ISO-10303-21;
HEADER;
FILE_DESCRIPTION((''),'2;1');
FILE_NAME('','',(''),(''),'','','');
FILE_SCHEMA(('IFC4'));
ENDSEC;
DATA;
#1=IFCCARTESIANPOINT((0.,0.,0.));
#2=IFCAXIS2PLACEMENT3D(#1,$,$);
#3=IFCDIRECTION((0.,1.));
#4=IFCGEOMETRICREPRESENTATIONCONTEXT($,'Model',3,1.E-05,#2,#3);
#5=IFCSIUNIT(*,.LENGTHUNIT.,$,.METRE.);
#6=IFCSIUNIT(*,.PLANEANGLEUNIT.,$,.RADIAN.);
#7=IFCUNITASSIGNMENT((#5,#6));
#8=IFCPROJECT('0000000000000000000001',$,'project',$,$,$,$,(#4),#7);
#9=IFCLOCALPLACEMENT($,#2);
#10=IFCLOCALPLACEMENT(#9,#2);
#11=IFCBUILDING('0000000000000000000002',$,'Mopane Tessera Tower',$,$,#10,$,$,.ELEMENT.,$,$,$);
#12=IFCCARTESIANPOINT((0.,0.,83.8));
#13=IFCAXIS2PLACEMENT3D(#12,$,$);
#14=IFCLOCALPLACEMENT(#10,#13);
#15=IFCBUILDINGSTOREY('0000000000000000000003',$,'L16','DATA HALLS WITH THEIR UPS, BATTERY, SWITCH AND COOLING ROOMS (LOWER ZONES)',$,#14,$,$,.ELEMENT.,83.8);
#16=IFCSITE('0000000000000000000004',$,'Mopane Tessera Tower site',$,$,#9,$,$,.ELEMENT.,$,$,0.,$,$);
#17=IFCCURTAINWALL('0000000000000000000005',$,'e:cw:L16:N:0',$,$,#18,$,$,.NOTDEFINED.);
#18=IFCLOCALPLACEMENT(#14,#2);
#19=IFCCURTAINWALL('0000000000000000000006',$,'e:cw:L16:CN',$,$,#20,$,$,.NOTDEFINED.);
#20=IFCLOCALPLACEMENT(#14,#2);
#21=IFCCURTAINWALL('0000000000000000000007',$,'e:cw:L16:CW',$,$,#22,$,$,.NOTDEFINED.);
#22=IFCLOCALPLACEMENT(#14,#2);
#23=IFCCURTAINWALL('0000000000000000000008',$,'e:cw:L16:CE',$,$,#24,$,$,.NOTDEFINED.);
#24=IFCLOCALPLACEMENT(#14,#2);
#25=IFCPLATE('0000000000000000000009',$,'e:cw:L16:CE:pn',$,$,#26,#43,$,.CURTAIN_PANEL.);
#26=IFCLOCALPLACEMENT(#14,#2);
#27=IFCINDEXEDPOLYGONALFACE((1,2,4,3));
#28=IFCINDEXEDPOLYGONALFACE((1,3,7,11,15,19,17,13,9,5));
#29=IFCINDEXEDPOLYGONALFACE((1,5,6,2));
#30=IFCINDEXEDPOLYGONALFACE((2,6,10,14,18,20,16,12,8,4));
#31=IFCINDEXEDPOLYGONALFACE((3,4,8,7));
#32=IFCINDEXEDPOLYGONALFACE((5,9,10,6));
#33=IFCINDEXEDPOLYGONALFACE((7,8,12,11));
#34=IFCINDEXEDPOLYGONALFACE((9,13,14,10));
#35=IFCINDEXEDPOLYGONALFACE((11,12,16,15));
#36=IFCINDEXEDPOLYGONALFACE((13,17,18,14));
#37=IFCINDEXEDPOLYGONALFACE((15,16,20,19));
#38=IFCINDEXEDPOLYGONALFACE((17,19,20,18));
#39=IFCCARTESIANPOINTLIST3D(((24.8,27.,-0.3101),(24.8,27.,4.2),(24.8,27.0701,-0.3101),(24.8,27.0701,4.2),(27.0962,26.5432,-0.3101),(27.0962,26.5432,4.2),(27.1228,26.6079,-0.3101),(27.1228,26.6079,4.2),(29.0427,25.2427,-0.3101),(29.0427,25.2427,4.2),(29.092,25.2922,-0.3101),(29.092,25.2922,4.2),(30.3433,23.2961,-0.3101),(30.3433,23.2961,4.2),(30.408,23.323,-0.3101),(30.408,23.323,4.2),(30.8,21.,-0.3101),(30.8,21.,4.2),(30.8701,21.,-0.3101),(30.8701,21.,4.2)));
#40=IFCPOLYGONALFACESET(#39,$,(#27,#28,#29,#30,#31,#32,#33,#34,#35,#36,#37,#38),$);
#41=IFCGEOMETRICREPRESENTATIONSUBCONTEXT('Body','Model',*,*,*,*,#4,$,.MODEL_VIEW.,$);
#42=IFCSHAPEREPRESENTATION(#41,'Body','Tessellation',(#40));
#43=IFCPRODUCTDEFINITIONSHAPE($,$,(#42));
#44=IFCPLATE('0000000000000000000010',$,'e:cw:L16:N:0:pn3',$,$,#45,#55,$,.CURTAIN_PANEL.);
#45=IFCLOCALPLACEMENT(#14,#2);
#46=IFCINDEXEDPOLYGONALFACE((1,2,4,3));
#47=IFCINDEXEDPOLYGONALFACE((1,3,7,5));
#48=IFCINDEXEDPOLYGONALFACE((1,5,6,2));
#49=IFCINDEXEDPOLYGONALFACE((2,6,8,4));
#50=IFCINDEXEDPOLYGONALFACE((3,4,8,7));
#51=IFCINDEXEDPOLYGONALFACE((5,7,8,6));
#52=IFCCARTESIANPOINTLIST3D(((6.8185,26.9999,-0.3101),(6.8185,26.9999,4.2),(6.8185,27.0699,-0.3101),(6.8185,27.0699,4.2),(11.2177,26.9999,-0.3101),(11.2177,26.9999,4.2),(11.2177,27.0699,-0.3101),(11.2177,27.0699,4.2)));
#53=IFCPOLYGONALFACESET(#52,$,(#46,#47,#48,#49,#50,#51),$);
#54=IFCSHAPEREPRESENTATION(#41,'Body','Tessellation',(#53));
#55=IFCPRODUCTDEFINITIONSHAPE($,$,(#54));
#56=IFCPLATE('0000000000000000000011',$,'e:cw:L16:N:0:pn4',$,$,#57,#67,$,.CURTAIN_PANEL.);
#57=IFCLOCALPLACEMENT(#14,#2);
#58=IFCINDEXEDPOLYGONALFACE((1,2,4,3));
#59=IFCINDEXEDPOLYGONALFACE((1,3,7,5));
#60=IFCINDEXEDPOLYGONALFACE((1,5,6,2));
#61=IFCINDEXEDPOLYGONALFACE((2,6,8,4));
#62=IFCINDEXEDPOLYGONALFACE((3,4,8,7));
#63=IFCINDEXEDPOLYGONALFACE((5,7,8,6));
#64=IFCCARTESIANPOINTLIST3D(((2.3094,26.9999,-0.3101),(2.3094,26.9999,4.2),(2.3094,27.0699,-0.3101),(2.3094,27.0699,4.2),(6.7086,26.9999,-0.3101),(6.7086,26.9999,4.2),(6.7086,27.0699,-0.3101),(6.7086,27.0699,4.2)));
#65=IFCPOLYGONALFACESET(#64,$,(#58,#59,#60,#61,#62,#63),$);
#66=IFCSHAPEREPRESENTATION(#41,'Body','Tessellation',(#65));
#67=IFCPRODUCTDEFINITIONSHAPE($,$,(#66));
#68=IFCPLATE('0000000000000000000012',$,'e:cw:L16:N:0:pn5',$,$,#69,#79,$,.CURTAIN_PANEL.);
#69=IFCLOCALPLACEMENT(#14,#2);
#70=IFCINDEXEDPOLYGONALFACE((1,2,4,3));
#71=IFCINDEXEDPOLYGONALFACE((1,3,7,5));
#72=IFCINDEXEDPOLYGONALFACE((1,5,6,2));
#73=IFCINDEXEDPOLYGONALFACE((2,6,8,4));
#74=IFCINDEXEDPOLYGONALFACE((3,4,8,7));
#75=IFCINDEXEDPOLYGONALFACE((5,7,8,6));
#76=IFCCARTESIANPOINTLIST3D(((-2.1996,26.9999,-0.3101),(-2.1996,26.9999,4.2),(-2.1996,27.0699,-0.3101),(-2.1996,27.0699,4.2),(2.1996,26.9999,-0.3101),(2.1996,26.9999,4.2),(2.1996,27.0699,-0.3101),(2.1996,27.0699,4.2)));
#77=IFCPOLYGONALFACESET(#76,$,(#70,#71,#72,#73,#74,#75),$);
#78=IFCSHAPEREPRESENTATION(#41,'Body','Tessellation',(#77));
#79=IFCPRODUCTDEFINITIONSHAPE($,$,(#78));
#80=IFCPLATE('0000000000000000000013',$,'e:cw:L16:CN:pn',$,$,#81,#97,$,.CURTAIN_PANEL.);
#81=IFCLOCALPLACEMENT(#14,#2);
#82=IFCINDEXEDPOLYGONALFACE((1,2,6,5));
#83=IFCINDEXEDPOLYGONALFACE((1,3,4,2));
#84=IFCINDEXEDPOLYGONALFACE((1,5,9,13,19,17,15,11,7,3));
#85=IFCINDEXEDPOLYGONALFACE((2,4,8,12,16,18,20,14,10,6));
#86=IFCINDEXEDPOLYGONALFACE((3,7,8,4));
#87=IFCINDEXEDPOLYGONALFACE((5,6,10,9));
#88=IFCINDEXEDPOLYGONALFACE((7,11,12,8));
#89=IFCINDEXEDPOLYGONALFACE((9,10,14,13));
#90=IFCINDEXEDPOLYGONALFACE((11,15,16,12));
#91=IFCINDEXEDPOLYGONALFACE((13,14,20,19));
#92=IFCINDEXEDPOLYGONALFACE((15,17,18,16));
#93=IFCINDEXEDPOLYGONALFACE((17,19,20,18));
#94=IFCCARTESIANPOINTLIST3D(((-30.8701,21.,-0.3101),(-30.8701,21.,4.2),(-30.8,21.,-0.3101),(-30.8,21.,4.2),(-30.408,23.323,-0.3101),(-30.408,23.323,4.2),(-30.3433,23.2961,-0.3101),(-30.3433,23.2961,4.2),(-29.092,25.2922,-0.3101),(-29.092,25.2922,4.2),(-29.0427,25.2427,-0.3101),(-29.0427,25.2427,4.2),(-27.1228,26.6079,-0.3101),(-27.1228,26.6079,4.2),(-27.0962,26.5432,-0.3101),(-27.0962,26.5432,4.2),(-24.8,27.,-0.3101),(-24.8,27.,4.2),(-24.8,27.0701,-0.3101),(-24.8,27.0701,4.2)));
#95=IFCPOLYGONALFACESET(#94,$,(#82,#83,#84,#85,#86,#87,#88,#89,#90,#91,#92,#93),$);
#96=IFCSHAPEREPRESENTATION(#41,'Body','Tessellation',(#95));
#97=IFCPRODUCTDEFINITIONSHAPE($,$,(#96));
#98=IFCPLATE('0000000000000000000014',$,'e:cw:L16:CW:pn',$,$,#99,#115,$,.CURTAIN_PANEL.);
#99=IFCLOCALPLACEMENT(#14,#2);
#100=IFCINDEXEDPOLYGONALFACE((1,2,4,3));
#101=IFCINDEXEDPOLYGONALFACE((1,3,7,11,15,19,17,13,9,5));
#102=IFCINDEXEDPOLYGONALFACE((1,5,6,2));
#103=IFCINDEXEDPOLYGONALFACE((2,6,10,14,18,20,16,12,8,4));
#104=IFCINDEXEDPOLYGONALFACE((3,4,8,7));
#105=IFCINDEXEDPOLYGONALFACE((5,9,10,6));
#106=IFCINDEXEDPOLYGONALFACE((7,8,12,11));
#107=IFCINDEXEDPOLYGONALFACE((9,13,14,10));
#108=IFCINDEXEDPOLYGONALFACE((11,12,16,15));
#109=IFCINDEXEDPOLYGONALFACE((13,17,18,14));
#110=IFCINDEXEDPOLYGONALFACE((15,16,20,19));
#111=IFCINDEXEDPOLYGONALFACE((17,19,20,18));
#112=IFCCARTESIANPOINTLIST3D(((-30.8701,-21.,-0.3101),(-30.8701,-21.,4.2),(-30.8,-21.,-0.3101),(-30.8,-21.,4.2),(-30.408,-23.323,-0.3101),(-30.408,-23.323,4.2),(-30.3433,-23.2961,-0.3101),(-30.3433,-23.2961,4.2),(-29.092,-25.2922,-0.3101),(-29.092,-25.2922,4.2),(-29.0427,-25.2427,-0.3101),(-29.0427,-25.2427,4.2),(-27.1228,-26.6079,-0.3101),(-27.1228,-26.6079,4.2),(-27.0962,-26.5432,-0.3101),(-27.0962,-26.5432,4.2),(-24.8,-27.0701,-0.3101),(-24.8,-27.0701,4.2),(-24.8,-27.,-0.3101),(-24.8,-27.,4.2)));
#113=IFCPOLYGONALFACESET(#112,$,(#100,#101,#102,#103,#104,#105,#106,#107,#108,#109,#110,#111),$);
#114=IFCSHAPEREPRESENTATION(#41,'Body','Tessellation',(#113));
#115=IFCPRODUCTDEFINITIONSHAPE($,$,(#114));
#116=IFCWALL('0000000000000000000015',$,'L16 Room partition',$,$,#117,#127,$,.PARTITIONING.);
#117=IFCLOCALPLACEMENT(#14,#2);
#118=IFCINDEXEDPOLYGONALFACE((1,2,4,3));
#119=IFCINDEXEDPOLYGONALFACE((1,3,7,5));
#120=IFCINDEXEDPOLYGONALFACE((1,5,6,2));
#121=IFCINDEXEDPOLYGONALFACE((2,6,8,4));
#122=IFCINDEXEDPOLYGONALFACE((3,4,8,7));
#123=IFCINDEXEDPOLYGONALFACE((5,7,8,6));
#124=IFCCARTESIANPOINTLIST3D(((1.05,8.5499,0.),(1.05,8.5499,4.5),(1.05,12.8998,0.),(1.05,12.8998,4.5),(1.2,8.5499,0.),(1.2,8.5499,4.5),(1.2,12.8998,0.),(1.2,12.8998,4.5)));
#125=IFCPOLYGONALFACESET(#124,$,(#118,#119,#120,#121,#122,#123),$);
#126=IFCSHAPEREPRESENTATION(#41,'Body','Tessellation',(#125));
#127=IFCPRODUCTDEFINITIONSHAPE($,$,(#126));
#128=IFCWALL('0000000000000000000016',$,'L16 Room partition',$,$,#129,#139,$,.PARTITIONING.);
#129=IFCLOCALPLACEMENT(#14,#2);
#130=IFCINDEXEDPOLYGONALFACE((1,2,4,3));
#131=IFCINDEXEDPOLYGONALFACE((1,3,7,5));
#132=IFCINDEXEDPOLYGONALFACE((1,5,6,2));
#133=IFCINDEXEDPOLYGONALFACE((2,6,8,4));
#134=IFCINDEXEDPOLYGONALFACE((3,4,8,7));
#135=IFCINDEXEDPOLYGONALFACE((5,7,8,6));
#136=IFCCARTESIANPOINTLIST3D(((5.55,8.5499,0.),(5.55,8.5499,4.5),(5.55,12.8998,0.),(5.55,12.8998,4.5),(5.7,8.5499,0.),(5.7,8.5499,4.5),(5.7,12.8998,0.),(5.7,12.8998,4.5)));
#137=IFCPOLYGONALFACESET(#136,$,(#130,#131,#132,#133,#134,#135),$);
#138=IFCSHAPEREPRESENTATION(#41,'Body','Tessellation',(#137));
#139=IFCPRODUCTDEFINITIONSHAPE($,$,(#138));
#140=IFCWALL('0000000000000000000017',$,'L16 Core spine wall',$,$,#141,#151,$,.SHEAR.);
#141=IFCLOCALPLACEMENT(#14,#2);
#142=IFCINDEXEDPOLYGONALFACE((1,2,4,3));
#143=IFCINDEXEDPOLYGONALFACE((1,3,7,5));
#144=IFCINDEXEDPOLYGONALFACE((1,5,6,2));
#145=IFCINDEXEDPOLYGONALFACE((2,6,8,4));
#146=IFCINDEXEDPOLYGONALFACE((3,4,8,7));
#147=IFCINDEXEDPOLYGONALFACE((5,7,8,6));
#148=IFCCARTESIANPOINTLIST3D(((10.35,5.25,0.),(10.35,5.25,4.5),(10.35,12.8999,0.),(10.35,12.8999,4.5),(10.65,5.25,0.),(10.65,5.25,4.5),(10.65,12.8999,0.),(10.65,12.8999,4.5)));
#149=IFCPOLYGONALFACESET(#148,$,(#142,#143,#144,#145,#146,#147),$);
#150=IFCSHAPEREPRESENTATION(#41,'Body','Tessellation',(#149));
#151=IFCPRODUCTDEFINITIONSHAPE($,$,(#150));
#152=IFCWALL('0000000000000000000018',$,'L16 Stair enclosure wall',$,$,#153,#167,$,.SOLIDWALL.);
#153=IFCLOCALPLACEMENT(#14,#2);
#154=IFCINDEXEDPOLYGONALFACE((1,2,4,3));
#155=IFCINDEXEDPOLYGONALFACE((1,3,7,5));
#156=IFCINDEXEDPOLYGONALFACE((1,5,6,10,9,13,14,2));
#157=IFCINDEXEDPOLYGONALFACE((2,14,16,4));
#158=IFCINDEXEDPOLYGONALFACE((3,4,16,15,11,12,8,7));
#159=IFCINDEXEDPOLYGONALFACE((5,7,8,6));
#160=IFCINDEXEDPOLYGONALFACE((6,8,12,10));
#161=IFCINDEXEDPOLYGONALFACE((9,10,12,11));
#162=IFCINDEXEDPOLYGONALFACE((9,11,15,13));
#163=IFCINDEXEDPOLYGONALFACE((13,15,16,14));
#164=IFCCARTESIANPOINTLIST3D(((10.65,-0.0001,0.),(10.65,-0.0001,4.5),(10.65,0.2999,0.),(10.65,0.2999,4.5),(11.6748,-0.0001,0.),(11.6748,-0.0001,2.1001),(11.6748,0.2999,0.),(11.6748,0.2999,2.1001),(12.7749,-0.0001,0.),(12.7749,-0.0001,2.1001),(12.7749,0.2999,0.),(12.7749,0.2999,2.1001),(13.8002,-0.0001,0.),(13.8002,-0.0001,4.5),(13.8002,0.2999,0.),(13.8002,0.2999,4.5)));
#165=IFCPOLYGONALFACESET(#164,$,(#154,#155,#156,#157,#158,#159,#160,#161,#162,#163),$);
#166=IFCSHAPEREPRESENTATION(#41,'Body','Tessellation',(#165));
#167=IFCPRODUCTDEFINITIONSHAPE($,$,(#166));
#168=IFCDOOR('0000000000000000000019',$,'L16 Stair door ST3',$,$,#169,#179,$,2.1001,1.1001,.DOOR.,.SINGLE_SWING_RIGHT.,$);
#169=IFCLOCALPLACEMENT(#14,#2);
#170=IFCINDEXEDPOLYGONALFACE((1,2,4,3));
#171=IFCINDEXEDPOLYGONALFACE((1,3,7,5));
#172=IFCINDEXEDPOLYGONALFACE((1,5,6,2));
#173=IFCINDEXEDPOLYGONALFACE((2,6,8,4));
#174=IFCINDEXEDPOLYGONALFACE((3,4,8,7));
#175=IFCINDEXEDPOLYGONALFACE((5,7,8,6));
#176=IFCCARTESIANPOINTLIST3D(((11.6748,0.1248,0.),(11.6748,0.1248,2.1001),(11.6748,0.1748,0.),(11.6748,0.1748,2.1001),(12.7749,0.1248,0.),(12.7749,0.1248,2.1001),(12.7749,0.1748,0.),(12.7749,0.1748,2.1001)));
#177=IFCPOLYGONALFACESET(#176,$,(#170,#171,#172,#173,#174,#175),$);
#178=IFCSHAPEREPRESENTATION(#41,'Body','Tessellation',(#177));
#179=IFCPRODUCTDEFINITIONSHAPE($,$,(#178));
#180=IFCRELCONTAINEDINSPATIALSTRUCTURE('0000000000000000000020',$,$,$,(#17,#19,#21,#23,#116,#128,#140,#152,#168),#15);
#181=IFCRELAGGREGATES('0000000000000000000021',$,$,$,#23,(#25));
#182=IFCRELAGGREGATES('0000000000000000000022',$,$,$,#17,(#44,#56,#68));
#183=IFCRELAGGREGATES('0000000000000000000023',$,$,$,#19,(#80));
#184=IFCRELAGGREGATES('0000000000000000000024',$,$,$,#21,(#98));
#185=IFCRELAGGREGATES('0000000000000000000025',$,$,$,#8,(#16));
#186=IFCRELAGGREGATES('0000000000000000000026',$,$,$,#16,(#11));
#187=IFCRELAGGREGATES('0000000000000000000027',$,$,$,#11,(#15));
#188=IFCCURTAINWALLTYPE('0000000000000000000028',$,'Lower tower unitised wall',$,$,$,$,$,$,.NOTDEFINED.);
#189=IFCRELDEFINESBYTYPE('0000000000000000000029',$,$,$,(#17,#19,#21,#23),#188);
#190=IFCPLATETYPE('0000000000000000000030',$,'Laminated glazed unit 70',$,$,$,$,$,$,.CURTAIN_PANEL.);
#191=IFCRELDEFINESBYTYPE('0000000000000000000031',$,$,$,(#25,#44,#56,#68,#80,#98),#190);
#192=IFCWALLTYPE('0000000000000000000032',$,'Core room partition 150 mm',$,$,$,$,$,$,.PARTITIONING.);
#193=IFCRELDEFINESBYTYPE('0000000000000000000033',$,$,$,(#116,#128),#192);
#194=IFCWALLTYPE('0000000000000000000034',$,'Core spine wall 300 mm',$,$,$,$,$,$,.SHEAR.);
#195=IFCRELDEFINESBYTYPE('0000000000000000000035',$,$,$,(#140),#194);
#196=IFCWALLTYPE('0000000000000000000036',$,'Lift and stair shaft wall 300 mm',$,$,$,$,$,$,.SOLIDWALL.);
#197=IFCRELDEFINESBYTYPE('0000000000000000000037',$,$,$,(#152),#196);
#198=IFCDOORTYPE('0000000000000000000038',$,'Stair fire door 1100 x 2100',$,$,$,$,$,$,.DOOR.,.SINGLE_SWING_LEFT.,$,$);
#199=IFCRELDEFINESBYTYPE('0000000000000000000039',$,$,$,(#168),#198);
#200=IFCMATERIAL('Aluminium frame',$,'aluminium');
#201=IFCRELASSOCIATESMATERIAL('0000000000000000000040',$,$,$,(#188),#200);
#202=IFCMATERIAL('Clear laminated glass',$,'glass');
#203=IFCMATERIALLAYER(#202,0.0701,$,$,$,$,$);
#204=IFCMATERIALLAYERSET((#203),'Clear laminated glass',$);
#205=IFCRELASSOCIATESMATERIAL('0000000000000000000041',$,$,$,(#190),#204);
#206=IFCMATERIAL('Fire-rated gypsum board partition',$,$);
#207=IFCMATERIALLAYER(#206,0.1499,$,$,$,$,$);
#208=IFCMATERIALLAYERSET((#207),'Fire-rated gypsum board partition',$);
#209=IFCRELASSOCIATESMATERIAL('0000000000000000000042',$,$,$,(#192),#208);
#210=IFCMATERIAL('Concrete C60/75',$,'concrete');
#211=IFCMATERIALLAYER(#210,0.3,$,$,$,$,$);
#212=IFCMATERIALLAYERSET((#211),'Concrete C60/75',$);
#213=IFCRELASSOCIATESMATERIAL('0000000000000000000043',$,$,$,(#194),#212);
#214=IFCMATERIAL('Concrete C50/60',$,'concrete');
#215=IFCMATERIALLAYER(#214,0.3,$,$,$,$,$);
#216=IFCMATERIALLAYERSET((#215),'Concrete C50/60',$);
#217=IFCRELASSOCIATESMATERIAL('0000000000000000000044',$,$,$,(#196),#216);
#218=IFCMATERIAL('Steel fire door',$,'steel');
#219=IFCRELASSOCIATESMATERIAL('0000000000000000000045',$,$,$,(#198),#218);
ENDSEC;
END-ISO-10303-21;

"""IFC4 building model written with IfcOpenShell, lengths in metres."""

from ifc_helpers import new_model, si_unit, direction, frame, frame_2d, origin, origin_2d, place, context, subcontext, project, spatial, polyline, rectangle, outline, extrude, material, layer, layer_set, type_object, element, fill, aggregate, save


model = new_model("IFC4")

# Units and contexts
model_context = context("Model", 3, precision=1e-05, world=origin(), true_north=direction((0.0, 1.0)))
body_context = subcontext(model_context, "Body", "Model", "MODEL_VIEW")
ifc_project = project(units=[si_unit("LENGTHUNIT", "METRE"), si_unit("PLANEANGLEUNIT", "RADIAN")], contexts=[model_context])

# Site, building, storey
site_placement = place(None, origin())
site = spatial("IfcSite", under=ifc_project, at=site_placement, Name="Mopane Tessera Tower site", CompositionType="ELEMENT", RefElevation=0.0)
building_placement = place(site_placement, origin())
building = spatial("IfcBuilding", under=site, at=building_placement, Name="Mopane Tessera Tower", CompositionType="ELEMENT")
storey_placement = place(building_placement, frame((0.0, 0.0, 83.8)))
storey = spatial("IfcBuildingStorey", under=building, at=storey_placement, Name="L16", Description="DATA HALLS WITH THEIR UPS, BATTERY, SWITCH AND COOLING ROOMS (LOWER ZONES)", CompositionType="ELEMENT", Elevation=83.8)

# Curtain wall
ifc_material_1 = material(Name="Aluminium frame", Category="aluminium")
curtain_wall_type = type_object("IfcCurtainWallType", Name="Lower tower unitised wall", PredefinedType="NOTDEFINED", material=ifc_material_1)
curtain_wall_1_placement = place(storey_placement, origin())
curtain_wall_1 = element("IfcCurtainWall", 1, at=curtain_wall_1_placement, inside=storey, type_object=curtain_wall_type, Name="e:cw:L16:N:0", PredefinedType="NOTDEFINED")

# Curtain walls
curtain_wall_2_placement = place(storey_placement, origin())
curtain_wall_2 = element("IfcCurtainWall", 2, at=curtain_wall_2_placement, inside=storey, type_object=curtain_wall_type, Name="e:cw:L16:CN", PredefinedType="NOTDEFINED")
curtain_wall_3_placement = place(storey_placement, origin())
curtain_wall_3 = element("IfcCurtainWall", 3, at=curtain_wall_3_placement, inside=storey, type_object=curtain_wall_type, Name="e:cw:L16:CW", PredefinedType="NOTDEFINED")

# Curtain wall, plate
curtain_wall_4_placement = place(storey_placement, origin())
curtain_wall_4 = element("IfcCurtainWall", 4, at=curtain_wall_4_placement, inside=storey, type_object=curtain_wall_type, Name="e:cw:L16:CE", PredefinedType="NOTDEFINED")
ifc_material_2 = material(Name="Clear laminated glass", Category="glass")
ifc_layer_1 = layer(ifc_material_2, 0.0701)
ifc_layer_set_1 = layer_set([ifc_layer_1], Name="Clear laminated glass")
plate_type = type_object("IfcPlateType", Name="Laminated glazed unit 70", PredefinedType="CURTAIN_PANEL", material=ifc_layer_set_1)
plate_1_placement = place(storey_placement, frame((0.0, 0.0, -0.3101)))
plate_1 = element("IfcPlate", 5, at=plate_1_placement, type_object=plate_type, Name="e:cw:L16:CE:pn", PredefinedType="CURTAIN_PANEL", context=body_context, shape_type="SweptSolid", body=[
    extrude(outline(polyline([(30.8, 21.0), (30.3433, 23.2961), (29.0427, 25.2427), (27.0962, 26.5432), (24.8, 27.0), (24.8, 27.0701), (27.1228, 26.6079), (29.092, 25.2922), (30.408, 23.323), (30.8701, 21.0), (30.8, 21.0)])), origin(), (0.0, 0.0, 1.0), 4.51),
])
aggregate(curtain_wall_4, [plate_1])

# Plates
plate_2_placement = place(storey_placement, frame((9.0181, 27.0349, -0.3101), z_axis=(0.0, 0.0, 1.0), x_axis=(-1.0, 0.0, 0.0)))
plate_2 = element("IfcPlate", 6, at=plate_2_placement, type_object=plate_type, Name="e:cw:L16:N:0:pn3", PredefinedType="CURTAIN_PANEL", context=body_context, shape_type="SweptSolid", body=[
    extrude(rectangle(XDim=4.3992, YDim=0.0701, at=origin_2d()), origin(), (0.0, 0.0, 1.0), 4.51),
])
plate_3_placement = place(storey_placement, frame((4.509, 27.0349, -0.3101), z_axis=(0.0, 0.0, 1.0), x_axis=(-1.0, 0.0, 0.0)))
plate_3 = element("IfcPlate", 7, at=plate_3_placement, type_object=plate_type, Name="e:cw:L16:N:0:pn4", PredefinedType="CURTAIN_PANEL", context=body_context, shape_type="SweptSolid", body=[
    extrude(rectangle(XDim=4.3992, YDim=0.0701, at=origin_2d()), origin(), (0.0, 0.0, 1.0), 4.51),
])
plate_4_placement = place(storey_placement, frame((0.0, 27.0349, -0.3101), z_axis=(0.0, 0.0, 1.0), x_axis=(-1.0, 0.0, 0.0)))
plate_4 = element("IfcPlate", 8, at=plate_4_placement, type_object=plate_type, Name="e:cw:L16:N:0:pn5", PredefinedType="CURTAIN_PANEL", context=body_context, shape_type="SweptSolid", body=[
    extrude(rectangle(XDim=4.3992, YDim=0.0701, at=origin_2d()), origin(), (0.0, 0.0, 1.0), 4.51),
])
aggregate(curtain_wall_1, [plate_2, plate_3, plate_4])
plate_5_placement = place(storey_placement, frame((0.0, 0.0, -0.3101)))
plate_5 = element("IfcPlate", 9, at=plate_5_placement, type_object=plate_type, Name="e:cw:L16:CN:pn", PredefinedType="CURTAIN_PANEL", context=body_context, shape_type="SweptSolid", body=[
    extrude(outline(polyline([(-24.8, 27.0), (-27.0962, 26.5432), (-29.0427, 25.2427), (-30.3433, 23.2961), (-30.8, 21.0), (-30.8701, 21.0), (-30.408, 23.323), (-29.092, 25.2922), (-27.1228, 26.6079), (-24.8, 27.0701), (-24.8, 27.0)])), origin(), (0.0, 0.0, 1.0), 4.51),
])
aggregate(curtain_wall_2, [plate_5])
plate_6_placement = place(storey_placement, frame((0.0, 0.0, -0.3101)))
plate_6 = element("IfcPlate", 10, at=plate_6_placement, type_object=plate_type, Name="e:cw:L16:CW:pn", PredefinedType="CURTAIN_PANEL", context=body_context, shape_type="SweptSolid", body=[
    extrude(outline(polyline([(-30.8, -21.0), (-30.3433, -23.2961), (-29.0427, -25.2427), (-27.0962, -26.5432), (-24.8, -27.0), (-24.8, -27.0701), (-27.1228, -26.6079), (-29.092, -25.2922), (-30.408, -23.323), (-30.8701, -21.0), (-30.8, -21.0)])), origin(), (0.0, 0.0, 1.0), 4.51),
])
aggregate(curtain_wall_3, [plate_6])

# Walls
ifc_material_3 = material(Name="Fire-rated gypsum board partition")
ifc_layer_2 = layer(ifc_material_3, 0.1499)
ifc_layer_set_2 = layer_set([ifc_layer_2], Name="Fire-rated gypsum board partition")
wall_type_1 = type_object("IfcWallType", Name="Core room partition 150 mm", PredefinedType="PARTITIONING", material=ifc_layer_set_2)
for number, where, z_axis, x_axis, name in (
    (11, (1.125, 8.55, 0.0), (0.0, 0.0, 1.0), (0.0, 1.0, 0.0), "L16 Room partition"),
    (12, (5.625, 8.55, 0.0), (0.0, 0.0, 1.0), (0.0, 1.0, 0.0), "L16 Room partition"),
):
    element("IfcWall", number, at=place(storey_placement, frame(where, z_axis=z_axis, x_axis=x_axis)), inside=storey, type_object=wall_type_1, Name=name, PredefinedType="PARTITIONING", context=body_context, shape_type="SweptSolid", body=[
        extrude(rectangle(XDim=4.3499, YDim=0.1499, at=frame_2d((2.1748, 0.0))), origin(), (0.0, 0.0, 1.0), 4.5),
    ])
ifc_material_4 = material(Name="Concrete C60/75", Category="concrete")
ifc_layer_3 = layer(ifc_material_4, 0.3)
ifc_layer_set_3 = layer_set([ifc_layer_3], Name="Concrete C60/75")
wall_type_2 = type_object("IfcWallType", Name="Core spine wall 300 mm", PredefinedType="SHEAR", material=ifc_layer_set_3)
wall_1_placement = place(storey_placement, frame((10.5, 5.25, 0.0), z_axis=(0.0, 0.0, 1.0), x_axis=(0.0, 1.0, 0.0)))
element("IfcWall", 13, at=wall_1_placement, inside=storey, type_object=wall_type_2, Name="L16 Core spine wall", PredefinedType="SHEAR", context=body_context, shape_type="SweptSolid", body=[
    extrude(rectangle(XDim=7.6499, YDim=0.3, at=frame_2d((3.825, 0.0))), origin(), (0.0, 0.0, 1.0), 4.5),
])

# Wall, opening, door
ifc_material_5 = material(Name="Concrete C50/60", Category="concrete")
ifc_layer_4 = layer(ifc_material_5, 0.3)
ifc_layer_set_4 = layer_set([ifc_layer_4], Name="Concrete C50/60")
wall_type_3 = type_object("IfcWallType", Name="Lift and stair shaft wall 300 mm", PredefinedType="SOLIDWALL", material=ifc_layer_set_4)
wall_2_placement = place(storey_placement, frame((10.6499, 0.1499, 0.0), z_axis=(0.0, 0.0, 1.0), x_axis=(1.0, 0.0, 0.0)))
wall_2 = element("IfcWall", 14, at=wall_2_placement, inside=storey, type_object=wall_type_3, Name="L16 Stair enclosure wall", PredefinedType="SOLIDWALL", context=body_context, shape_type="SweptSolid", body=[
    extrude(rectangle(XDim=3.1501, YDim=0.3, at=frame_2d((1.5752, 0.0))), origin(), (0.0, 0.0, 1.0), 4.5),
])
opening_1_placement = place(wall_2_placement, frame((1.0249, 0.0, 0.0)))
opening_1 = element("IfcOpeningElement", 15, at=opening_1_placement, cuts=wall_2, PredefinedType="OPENING", context=body_context, shape_type="SweptSolid", body=[
    extrude(rectangle(XDim=1.1001, YDim=2.1001, at=frame_2d((0.55, 1.05))), frame((0.0, 0.1621, 0.0), z_axis=(0.0, -1.0, 0.0), x_axis=(1.0, 0.0, 0.0)), (0.0, 0.0, 1.0), 0.324),
])
ifc_material_6 = material(Name="Steel fire door", Category="steel")
door_type = type_object("IfcDoorType", Name="Stair fire door 1100 x 2100", OperationType="SINGLE_SWING_LEFT", PredefinedType="DOOR", material=ifc_material_6)
door_1_placement = place(opening_1_placement, origin())
door_1 = element("IfcDoor", 16, at=door_1_placement, inside=storey, type_object=door_type, Name="L16 Stair door ST3", OperationType="SINGLE_SWING_RIGHT", OverallHeight=2.1001, OverallWidth=1.1001, PredefinedType="DOOR", context=body_context, shape_type="SweptSolid", body=[
    extrude(rectangle(XDim=1.1001, YDim=2.1001, at=frame_2d((0.55, 1.05))), frame((0.0, 0.0249, 0.0), z_axis=(0.0, -1.0, 0.0), x_axis=(1.0, 0.0, 0.0)), (0.0, 0.0, 1.0), 0.05),
])
fill(opening_1, door_1)

save(model, "model.ifc")
